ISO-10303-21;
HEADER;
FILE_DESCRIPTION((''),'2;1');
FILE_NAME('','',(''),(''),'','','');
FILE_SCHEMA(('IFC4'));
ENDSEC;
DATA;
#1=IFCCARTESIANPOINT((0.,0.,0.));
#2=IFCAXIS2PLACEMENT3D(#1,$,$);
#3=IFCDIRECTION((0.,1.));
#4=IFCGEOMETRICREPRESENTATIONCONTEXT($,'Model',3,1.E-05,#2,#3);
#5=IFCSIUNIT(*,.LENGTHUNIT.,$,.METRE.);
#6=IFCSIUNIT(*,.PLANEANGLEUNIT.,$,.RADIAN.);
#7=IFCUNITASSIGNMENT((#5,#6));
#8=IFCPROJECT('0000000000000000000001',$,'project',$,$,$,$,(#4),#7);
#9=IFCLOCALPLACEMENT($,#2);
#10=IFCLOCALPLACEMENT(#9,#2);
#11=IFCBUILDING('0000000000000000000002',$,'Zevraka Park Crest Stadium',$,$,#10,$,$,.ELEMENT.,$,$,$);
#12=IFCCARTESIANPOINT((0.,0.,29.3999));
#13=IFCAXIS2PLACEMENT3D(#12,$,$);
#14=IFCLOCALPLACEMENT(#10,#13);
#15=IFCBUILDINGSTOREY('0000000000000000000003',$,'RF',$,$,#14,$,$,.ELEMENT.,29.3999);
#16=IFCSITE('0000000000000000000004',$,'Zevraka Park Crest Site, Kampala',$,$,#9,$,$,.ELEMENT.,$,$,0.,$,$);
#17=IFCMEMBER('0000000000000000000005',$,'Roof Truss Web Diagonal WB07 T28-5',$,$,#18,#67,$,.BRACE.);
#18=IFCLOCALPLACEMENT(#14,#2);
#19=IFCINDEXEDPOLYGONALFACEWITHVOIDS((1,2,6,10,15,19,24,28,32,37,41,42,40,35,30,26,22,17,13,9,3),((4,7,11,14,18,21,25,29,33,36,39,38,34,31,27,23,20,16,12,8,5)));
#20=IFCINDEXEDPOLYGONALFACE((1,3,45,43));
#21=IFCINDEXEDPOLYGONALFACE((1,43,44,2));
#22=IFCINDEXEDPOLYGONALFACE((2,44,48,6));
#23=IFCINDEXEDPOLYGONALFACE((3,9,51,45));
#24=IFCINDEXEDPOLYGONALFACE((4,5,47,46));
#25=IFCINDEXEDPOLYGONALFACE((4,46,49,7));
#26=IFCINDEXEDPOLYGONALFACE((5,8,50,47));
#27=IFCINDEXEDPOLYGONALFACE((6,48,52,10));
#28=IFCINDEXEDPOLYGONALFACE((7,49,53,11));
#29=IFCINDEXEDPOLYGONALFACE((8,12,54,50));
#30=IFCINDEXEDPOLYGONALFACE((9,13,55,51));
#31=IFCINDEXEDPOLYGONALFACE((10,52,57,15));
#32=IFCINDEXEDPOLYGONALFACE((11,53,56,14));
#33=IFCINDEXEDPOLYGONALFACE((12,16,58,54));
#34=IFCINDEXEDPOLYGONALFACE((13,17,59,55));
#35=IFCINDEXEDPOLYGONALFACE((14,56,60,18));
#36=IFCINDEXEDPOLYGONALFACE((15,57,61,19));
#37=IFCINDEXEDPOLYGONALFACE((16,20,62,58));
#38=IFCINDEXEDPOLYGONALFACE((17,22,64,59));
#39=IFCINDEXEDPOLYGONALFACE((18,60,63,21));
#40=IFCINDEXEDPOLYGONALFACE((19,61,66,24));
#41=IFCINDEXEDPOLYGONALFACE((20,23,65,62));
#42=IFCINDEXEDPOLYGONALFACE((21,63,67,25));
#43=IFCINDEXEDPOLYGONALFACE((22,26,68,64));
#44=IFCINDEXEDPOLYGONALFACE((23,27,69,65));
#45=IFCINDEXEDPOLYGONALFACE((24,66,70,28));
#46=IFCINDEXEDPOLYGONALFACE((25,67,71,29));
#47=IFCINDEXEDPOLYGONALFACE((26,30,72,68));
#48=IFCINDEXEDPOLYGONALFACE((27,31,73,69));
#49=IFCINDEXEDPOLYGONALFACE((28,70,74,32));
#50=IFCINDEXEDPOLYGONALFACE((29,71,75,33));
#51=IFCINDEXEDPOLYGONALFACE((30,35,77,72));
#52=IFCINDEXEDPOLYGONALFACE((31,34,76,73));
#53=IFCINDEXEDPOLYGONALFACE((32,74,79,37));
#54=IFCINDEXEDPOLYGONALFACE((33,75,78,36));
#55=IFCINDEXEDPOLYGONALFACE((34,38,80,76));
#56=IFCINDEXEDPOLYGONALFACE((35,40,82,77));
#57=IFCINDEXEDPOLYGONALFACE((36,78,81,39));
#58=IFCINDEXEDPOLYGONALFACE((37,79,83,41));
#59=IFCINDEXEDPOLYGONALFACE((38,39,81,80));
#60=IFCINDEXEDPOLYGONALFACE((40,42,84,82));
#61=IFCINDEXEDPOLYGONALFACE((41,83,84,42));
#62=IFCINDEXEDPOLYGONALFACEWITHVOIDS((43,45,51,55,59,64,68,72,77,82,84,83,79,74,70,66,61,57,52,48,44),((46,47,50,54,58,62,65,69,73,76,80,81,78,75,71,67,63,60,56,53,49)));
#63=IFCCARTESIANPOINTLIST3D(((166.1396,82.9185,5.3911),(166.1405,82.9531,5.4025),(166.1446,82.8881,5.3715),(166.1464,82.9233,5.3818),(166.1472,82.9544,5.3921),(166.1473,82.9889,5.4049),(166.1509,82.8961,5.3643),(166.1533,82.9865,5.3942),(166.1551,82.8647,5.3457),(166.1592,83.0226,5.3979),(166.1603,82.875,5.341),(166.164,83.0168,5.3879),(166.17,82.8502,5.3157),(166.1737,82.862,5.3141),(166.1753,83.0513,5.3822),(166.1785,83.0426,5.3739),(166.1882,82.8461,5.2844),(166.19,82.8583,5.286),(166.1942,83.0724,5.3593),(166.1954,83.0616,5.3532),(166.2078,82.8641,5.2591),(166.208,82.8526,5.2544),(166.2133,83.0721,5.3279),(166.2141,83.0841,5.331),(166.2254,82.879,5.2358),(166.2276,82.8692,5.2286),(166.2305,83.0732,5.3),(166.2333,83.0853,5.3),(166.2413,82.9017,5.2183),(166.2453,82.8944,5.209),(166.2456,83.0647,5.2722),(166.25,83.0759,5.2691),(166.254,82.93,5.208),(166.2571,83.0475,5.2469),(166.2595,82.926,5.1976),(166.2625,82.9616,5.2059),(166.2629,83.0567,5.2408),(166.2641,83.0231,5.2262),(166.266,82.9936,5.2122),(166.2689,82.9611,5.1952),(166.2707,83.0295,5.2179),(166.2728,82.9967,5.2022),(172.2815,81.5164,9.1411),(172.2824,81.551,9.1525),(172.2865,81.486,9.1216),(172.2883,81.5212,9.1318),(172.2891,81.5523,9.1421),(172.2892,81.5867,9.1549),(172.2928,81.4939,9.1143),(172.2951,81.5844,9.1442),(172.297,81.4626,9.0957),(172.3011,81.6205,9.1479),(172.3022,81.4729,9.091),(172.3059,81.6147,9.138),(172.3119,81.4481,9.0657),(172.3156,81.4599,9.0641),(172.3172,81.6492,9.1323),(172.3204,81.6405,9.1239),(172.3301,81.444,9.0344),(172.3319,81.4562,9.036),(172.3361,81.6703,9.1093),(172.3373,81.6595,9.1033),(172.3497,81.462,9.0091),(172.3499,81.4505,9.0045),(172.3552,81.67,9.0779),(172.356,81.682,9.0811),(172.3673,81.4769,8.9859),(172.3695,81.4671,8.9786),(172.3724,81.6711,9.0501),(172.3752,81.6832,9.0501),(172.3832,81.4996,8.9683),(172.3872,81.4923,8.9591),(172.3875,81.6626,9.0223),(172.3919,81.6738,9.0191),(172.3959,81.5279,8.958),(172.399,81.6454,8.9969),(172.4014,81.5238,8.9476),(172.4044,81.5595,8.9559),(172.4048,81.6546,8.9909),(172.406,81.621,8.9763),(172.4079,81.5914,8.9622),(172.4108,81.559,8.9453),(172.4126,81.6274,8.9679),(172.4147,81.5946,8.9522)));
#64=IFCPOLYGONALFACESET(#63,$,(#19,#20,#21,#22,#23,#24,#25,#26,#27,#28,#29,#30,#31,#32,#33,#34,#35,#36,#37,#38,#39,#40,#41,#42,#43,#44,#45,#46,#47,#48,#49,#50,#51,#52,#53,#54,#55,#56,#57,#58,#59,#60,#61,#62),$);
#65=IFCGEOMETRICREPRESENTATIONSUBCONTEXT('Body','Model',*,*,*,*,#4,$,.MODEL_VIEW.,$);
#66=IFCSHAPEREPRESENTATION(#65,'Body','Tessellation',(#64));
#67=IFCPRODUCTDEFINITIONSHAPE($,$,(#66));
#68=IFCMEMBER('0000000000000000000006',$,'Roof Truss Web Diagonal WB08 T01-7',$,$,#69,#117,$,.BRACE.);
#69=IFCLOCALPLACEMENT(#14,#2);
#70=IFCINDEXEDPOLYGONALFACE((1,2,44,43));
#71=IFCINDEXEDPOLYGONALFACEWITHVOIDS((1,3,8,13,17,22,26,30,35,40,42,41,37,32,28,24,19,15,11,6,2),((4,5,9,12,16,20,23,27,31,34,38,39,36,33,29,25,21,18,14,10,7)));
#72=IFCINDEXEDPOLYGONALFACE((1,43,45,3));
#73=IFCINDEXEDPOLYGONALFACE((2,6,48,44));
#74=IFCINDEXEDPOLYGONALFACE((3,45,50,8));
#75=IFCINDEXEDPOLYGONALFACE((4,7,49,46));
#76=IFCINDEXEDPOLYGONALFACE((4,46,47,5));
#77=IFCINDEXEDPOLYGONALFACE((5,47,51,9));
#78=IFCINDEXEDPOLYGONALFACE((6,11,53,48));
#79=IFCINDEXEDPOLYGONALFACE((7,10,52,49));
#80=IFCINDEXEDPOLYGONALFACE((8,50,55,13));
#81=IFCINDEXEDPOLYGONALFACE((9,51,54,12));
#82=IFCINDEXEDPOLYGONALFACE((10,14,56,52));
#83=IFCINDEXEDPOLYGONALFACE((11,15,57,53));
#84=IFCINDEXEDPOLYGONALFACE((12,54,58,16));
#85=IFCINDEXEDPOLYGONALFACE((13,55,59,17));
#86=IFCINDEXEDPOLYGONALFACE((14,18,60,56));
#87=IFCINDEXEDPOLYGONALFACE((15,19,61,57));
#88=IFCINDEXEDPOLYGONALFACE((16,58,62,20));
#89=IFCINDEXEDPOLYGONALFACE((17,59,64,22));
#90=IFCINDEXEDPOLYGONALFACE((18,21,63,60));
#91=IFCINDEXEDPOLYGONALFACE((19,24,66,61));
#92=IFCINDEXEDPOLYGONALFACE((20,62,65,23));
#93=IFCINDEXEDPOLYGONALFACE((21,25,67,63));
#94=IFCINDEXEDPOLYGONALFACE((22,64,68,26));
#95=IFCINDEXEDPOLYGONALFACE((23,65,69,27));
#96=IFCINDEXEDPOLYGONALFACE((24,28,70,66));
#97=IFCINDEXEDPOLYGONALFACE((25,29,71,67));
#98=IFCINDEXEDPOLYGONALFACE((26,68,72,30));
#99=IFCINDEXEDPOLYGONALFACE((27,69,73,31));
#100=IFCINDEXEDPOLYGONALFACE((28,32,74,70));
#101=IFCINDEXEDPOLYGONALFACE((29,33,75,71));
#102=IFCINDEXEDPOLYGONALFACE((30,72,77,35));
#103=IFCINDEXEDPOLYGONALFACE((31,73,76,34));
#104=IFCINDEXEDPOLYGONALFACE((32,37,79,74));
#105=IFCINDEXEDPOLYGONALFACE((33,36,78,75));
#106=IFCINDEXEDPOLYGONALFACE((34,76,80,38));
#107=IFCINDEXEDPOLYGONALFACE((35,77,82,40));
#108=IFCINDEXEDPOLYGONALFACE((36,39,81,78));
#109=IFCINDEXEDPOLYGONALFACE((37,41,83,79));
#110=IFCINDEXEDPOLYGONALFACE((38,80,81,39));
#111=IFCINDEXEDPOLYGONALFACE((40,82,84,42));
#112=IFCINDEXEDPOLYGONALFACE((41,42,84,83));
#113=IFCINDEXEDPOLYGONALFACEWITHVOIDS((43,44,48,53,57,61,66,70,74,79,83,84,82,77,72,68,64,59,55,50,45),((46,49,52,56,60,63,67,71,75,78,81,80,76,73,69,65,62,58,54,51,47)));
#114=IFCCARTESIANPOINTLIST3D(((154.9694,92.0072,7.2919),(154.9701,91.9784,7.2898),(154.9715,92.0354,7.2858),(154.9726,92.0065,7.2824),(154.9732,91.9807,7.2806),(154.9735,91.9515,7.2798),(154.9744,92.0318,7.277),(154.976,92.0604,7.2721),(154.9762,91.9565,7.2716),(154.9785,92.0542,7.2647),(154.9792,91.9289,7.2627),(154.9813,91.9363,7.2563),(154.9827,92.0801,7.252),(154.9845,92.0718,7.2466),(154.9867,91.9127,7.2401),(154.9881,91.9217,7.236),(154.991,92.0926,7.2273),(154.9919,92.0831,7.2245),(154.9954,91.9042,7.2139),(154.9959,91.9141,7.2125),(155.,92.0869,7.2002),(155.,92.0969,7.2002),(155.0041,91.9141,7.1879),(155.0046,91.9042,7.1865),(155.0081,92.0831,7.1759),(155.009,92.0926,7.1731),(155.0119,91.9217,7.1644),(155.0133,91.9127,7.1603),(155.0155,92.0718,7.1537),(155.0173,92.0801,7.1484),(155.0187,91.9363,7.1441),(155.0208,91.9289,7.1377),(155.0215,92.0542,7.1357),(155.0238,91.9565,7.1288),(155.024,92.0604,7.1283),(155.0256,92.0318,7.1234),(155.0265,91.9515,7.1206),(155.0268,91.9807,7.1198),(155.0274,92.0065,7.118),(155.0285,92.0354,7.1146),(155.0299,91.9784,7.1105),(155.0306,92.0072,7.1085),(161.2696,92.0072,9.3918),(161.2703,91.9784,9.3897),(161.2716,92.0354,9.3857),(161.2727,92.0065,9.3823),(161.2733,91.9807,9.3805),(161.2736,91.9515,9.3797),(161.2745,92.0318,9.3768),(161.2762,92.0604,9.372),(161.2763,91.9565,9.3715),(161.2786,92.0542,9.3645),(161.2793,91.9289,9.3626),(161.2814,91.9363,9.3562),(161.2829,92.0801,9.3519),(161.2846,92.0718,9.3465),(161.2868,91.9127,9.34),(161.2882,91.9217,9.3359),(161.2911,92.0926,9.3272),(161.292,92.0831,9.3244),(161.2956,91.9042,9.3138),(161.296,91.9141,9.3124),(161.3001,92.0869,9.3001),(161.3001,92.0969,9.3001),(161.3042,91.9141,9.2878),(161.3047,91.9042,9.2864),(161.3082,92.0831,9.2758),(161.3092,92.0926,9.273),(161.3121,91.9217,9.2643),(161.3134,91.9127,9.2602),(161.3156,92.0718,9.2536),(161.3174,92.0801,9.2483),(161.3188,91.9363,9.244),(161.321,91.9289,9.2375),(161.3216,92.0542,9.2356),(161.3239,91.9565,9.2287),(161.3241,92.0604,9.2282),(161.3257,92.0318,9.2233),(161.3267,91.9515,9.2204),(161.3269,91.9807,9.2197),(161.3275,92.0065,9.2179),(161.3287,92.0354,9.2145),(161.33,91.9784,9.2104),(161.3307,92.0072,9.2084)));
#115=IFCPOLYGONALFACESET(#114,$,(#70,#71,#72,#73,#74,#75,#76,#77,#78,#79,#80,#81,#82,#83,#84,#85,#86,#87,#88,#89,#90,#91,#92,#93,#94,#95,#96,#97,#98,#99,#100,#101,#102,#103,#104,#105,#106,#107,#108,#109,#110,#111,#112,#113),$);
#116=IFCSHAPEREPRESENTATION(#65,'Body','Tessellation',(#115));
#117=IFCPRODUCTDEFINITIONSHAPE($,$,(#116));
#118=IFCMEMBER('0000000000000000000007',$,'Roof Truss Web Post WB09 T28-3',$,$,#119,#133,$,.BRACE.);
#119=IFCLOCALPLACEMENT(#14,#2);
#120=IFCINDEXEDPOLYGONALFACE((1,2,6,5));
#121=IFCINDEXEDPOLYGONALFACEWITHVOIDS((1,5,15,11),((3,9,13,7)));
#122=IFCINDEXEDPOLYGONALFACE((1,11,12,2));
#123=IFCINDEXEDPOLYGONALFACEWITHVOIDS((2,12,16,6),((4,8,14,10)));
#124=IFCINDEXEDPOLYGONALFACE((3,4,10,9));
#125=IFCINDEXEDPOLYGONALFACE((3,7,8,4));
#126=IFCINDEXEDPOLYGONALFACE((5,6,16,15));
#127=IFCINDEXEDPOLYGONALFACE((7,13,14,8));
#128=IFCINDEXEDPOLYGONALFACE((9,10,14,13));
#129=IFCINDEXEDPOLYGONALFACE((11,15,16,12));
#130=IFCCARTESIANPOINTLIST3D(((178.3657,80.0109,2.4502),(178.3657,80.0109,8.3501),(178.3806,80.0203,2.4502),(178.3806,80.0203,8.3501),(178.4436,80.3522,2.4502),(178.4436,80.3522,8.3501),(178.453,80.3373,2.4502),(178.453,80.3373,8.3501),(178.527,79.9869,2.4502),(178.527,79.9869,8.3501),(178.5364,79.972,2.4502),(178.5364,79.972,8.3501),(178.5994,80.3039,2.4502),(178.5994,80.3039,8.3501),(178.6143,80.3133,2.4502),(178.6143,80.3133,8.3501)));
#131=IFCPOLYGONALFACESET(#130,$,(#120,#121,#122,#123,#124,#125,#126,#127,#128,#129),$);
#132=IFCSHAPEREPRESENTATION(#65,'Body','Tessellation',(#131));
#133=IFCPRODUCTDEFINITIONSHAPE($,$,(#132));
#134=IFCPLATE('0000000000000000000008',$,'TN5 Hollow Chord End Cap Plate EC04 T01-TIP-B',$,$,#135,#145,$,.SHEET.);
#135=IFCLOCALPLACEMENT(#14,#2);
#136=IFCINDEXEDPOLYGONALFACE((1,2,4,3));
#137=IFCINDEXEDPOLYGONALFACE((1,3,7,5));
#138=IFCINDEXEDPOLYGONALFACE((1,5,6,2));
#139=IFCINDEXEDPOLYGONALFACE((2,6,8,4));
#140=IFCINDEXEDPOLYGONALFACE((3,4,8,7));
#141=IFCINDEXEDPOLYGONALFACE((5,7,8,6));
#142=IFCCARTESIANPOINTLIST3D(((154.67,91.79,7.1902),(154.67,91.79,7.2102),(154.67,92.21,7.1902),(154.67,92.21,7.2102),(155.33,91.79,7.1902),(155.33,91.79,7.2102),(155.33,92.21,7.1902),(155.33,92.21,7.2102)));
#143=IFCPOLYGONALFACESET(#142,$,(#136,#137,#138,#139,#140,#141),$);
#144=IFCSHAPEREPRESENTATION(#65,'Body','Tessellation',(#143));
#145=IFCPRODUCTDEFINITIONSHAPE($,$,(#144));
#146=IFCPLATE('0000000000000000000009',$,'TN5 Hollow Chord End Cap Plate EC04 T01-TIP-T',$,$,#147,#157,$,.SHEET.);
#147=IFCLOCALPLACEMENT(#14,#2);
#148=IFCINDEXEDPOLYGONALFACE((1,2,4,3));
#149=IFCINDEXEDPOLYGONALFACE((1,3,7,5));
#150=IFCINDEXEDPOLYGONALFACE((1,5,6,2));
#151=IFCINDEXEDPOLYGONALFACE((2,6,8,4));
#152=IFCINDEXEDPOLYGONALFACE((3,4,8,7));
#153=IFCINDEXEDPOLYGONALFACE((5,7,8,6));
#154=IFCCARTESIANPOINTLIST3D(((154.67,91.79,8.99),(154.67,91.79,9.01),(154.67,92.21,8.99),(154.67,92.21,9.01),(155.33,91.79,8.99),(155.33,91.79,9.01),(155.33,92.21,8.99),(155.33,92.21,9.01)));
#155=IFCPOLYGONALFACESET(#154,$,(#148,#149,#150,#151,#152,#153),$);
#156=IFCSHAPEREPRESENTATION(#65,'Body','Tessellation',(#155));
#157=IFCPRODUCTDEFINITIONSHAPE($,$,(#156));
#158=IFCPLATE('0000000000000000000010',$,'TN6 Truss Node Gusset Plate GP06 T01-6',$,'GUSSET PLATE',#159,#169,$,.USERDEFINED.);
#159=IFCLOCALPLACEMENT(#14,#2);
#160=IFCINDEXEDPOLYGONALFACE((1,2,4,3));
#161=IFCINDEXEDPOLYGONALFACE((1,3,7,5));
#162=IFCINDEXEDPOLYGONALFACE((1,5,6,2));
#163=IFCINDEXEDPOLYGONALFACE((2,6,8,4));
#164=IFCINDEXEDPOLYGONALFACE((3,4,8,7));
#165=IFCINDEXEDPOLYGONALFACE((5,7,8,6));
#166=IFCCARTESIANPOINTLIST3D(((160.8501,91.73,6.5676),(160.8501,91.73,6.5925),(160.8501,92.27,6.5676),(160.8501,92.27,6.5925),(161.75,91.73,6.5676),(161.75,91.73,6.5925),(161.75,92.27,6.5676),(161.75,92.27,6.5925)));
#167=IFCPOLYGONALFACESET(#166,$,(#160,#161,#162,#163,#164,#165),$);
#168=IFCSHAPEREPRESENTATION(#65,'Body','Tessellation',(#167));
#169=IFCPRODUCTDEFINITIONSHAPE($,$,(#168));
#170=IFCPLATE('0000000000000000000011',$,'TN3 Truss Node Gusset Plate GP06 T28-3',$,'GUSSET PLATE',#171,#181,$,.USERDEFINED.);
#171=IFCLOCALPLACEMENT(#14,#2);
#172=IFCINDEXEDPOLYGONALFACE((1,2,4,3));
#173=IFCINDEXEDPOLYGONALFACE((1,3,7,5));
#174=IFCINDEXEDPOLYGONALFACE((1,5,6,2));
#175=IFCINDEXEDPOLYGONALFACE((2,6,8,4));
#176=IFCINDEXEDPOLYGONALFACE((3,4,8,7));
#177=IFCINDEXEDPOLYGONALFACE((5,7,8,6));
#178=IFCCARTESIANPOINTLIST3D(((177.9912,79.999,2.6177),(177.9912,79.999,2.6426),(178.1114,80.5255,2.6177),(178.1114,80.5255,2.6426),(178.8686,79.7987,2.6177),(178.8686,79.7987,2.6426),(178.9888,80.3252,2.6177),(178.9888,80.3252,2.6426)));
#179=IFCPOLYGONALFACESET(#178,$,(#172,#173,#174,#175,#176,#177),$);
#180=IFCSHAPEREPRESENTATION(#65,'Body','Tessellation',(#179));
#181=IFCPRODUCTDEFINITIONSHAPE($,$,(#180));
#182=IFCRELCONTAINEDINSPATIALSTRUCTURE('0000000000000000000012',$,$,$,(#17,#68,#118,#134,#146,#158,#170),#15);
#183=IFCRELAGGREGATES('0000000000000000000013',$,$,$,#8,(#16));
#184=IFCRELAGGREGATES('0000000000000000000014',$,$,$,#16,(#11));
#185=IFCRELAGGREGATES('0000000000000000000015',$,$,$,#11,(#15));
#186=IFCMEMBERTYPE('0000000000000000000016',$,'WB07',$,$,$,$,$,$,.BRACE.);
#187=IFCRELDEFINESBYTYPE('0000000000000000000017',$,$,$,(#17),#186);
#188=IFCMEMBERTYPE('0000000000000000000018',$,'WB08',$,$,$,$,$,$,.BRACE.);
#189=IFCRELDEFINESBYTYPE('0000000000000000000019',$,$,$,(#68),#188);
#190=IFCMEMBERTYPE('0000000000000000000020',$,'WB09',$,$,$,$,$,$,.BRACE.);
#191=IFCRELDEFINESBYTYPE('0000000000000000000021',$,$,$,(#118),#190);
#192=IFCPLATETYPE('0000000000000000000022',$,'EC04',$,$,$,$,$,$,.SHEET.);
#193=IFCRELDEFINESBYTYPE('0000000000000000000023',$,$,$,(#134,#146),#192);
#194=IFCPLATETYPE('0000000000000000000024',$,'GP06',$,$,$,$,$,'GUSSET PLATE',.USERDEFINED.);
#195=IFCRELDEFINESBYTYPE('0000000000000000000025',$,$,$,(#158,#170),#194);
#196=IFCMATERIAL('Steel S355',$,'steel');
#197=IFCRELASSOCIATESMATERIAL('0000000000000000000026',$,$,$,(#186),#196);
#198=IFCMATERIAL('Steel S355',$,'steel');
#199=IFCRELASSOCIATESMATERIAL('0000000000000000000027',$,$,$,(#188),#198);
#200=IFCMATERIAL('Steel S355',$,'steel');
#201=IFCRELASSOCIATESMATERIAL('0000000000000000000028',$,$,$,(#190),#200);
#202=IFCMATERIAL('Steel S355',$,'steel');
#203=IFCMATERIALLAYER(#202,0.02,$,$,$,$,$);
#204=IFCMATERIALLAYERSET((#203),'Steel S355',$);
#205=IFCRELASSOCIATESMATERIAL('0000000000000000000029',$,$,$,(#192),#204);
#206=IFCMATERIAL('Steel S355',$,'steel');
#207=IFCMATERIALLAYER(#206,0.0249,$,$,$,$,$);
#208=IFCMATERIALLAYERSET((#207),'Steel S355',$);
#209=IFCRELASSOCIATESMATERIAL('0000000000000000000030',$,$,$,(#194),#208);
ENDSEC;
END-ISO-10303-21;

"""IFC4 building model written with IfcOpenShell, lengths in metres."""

from ifc_helpers import new_model, si_unit, direction, frame, origin, origin_2d, place, context, subcontext, project, spatial, rectangle, hollow_rectangle, hollow_circle, extrude, material, layer, layer_set, material_profile, profile_set, type_object, element, save


model = new_model("IFC4")

# Units and contexts
model_context = context("Model", 3, precision=1e-05, world=origin(), true_north=direction((0.0, 1.0)))
body_context = subcontext(model_context, "Body", "Model", "MODEL_VIEW")
ifc_project = project(units=[si_unit("LENGTHUNIT", "METRE"), si_unit("PLANEANGLEUNIT", "RADIAN")], contexts=[model_context])

# Site, building, storey
site_placement = place(None, origin())
site = spatial("IfcSite", under=ifc_project, at=site_placement, Name="Zevraka Park Crest Site, Kampala", CompositionType="ELEMENT", RefElevation=0.0)
building_placement = place(site_placement, origin())
building = spatial("IfcBuilding", under=site, at=building_placement, Name="Zevraka Park Crest Stadium", CompositionType="ELEMENT")
storey_placement = place(building_placement, frame((0.0, 0.0, 29.3999)))
storey = spatial("IfcBuildingStorey", under=building, at=storey_placement, Name="RF", CompositionType="ELEMENT", Elevation=29.3999)

# Members
ifc_material_1 = material(Name="Steel S355", Category="steel")
ifc_material_profile_1 = material_profile(ifc_material_1, hollow_circle(Radius=0.1223, WallThickness=0.0125, at=origin_2d()), Name="CHS 244.5x12.5")
ifc_profile_set_1 = profile_set([ifc_material_profile_1], Name="Steel S355")
member_type_1 = type_object("IfcMemberType", Name="WB07", PredefinedType="BRACE", material=ifc_profile_set_1)
member_1_placement = place(storey_placement, frame((166.2061, 82.9661, 5.3), z_axis=(0.837736, -0.191244, 0.511493), x_axis=(0.222561, 0.974919, 0.0)))
element("IfcMember", 1, at=member_1_placement, inside=storey, type_object=member_type_1, Name="Roof Truss Web Diagonal WB07 T28-5", PredefinedType="BRACE", context=body_context, shape_type="SweptSolid", body=[
    extrude(hollow_circle(Radius=0.1223, WallThickness=0.0125, at=origin_2d()), origin(), (0.0, 0.0, 1.0), 7.3315),
])
ifc_material_2 = material(Name="Steel S355", Category="steel")
ifc_material_profile_2 = material_profile(ifc_material_2, hollow_circle(Radius=0.0969, WallThickness=0.01, at=origin_2d()), Name="CHS 193.7x10")
ifc_profile_set_2 = profile_set([ifc_material_profile_2], Name="Steel S355")
member_type_2 = type_object("IfcMemberType", Name="WB08", PredefinedType="BRACE", material=ifc_profile_set_2)
member_2_placement = place(storey_placement, frame((155.0, 92.0, 7.2002), z_axis=(0.948691, 0.0, 0.316206), x_axis=(0.0, 1.0, 0.0)))
element("IfcMember", 2, at=member_2_placement, inside=storey, type_object=member_type_2, Name="Roof Truss Web Diagonal WB08 T01-7", PredefinedType="BRACE", context=body_context, shape_type="SweptSolid", body=[
    extrude(hollow_circle(Radius=0.0969, WallThickness=0.01, at=origin_2d()), origin(), (0.0, 0.0, 1.0), 6.6409),
])
ifc_material_3 = material(Name="Steel S355", Category="steel")
ifc_material_profile_3 = material_profile(ifc_material_3, hollow_rectangle(XDim=0.175, YDim=0.3501, WallThickness=0.0125, at=origin_2d()), Name="RHS 350x175x12.5")
ifc_profile_set_3 = profile_set([ifc_material_profile_3], Name="Steel S355")
member_type_3 = type_object("IfcMemberType", Name="WB09", PredefinedType="BRACE", material=ifc_profile_set_3)
member_3_placement = place(storey_placement, frame((178.49, 80.1621, 2.4502), z_axis=(0.0, 0.0, 1.0), x_axis=(-0.974917, 0.22257, 0.0)))
element("IfcMember", 3, at=member_3_placement, inside=storey, type_object=member_type_3, Name="Roof Truss Web Post WB09 T28-3", PredefinedType="BRACE", context=body_context, shape_type="SweptSolid", body=[
    extrude(hollow_rectangle(XDim=0.175, YDim=0.3501, WallThickness=0.0125, at=origin_2d()), origin(), (0.0, 0.0, 1.0), 5.8999),
])

# Plates
ifc_material_4 = material(Name="Steel S355", Category="steel")
ifc_layer_1 = layer(ifc_material_4, 0.02)
ifc_layer_set_1 = layer_set([ifc_layer_1], Name="Steel S355")
plate_type_1 = type_object("IfcPlateType", Name="EC04", PredefinedType="SHEET", material=ifc_layer_set_1)
for number, where, z_axis, x_axis, name in (
    (4, (155.0, 92.0, 7.1902), (0.0, 0.0, 1.0), (1.0, 0.0, 0.0), "TN5 Hollow Chord End Cap Plate EC04 T01-TIP-B"),
    (5, (155.0, 92.0, 8.99), (0.0, 0.0, 1.0), (1.0, 0.0, 0.0), "TN5 Hollow Chord End Cap Plate EC04 T01-TIP-T"),
):
    element("IfcPlate", number, at=place(storey_placement, frame(where, z_axis=z_axis, x_axis=x_axis)), inside=storey, type_object=plate_type_1, Name=name, PredefinedType="SHEET", context=body_context, shape_type="SweptSolid", body=[
        extrude(rectangle(XDim=0.6599, YDim=0.4199, at=origin_2d()), origin(), (0.0, 0.0, 1.0), 0.02),
    ])
ifc_material_5 = material(Name="Steel S355", Category="steel")
ifc_layer_2 = layer(ifc_material_5, 0.0249)
ifc_layer_set_2 = layer_set([ifc_layer_2], Name="Steel S355")
plate_type_2 = type_object("IfcPlateType", Name="GP06", ElementType="GUSSET PLATE", PredefinedType="USERDEFINED", material=ifc_layer_set_2)
for number, where, z_axis, x_axis, name in (
    (6, (161.3, 92.0, 6.5676), (0.0, 0.0, 1.0), (1.0, 0.0, 0.0), "TN6 Truss Node Gusset Plate GP06 T01-6"),
    (7, (178.49, 80.1621, 2.6177), (0.0, 0.0, 1.0), (-0.974917, 0.22257, 0.0), "TN3 Truss Node Gusset Plate GP06 T28-3"),
):
    element("IfcPlate", number, at=place(storey_placement, frame(where, z_axis=z_axis, x_axis=x_axis)), inside=storey, type_object=plate_type_2, Name=name, ObjectType="GUSSET PLATE", PredefinedType="USERDEFINED", context=body_context, shape_type="SweptSolid", body=[
        extrude(rectangle(XDim=0.8999, YDim=0.54, at=origin_2d()), origin(), (0.0, 0.0, 1.0), 0.0249),
    ])

save(model, "model.ifc")
